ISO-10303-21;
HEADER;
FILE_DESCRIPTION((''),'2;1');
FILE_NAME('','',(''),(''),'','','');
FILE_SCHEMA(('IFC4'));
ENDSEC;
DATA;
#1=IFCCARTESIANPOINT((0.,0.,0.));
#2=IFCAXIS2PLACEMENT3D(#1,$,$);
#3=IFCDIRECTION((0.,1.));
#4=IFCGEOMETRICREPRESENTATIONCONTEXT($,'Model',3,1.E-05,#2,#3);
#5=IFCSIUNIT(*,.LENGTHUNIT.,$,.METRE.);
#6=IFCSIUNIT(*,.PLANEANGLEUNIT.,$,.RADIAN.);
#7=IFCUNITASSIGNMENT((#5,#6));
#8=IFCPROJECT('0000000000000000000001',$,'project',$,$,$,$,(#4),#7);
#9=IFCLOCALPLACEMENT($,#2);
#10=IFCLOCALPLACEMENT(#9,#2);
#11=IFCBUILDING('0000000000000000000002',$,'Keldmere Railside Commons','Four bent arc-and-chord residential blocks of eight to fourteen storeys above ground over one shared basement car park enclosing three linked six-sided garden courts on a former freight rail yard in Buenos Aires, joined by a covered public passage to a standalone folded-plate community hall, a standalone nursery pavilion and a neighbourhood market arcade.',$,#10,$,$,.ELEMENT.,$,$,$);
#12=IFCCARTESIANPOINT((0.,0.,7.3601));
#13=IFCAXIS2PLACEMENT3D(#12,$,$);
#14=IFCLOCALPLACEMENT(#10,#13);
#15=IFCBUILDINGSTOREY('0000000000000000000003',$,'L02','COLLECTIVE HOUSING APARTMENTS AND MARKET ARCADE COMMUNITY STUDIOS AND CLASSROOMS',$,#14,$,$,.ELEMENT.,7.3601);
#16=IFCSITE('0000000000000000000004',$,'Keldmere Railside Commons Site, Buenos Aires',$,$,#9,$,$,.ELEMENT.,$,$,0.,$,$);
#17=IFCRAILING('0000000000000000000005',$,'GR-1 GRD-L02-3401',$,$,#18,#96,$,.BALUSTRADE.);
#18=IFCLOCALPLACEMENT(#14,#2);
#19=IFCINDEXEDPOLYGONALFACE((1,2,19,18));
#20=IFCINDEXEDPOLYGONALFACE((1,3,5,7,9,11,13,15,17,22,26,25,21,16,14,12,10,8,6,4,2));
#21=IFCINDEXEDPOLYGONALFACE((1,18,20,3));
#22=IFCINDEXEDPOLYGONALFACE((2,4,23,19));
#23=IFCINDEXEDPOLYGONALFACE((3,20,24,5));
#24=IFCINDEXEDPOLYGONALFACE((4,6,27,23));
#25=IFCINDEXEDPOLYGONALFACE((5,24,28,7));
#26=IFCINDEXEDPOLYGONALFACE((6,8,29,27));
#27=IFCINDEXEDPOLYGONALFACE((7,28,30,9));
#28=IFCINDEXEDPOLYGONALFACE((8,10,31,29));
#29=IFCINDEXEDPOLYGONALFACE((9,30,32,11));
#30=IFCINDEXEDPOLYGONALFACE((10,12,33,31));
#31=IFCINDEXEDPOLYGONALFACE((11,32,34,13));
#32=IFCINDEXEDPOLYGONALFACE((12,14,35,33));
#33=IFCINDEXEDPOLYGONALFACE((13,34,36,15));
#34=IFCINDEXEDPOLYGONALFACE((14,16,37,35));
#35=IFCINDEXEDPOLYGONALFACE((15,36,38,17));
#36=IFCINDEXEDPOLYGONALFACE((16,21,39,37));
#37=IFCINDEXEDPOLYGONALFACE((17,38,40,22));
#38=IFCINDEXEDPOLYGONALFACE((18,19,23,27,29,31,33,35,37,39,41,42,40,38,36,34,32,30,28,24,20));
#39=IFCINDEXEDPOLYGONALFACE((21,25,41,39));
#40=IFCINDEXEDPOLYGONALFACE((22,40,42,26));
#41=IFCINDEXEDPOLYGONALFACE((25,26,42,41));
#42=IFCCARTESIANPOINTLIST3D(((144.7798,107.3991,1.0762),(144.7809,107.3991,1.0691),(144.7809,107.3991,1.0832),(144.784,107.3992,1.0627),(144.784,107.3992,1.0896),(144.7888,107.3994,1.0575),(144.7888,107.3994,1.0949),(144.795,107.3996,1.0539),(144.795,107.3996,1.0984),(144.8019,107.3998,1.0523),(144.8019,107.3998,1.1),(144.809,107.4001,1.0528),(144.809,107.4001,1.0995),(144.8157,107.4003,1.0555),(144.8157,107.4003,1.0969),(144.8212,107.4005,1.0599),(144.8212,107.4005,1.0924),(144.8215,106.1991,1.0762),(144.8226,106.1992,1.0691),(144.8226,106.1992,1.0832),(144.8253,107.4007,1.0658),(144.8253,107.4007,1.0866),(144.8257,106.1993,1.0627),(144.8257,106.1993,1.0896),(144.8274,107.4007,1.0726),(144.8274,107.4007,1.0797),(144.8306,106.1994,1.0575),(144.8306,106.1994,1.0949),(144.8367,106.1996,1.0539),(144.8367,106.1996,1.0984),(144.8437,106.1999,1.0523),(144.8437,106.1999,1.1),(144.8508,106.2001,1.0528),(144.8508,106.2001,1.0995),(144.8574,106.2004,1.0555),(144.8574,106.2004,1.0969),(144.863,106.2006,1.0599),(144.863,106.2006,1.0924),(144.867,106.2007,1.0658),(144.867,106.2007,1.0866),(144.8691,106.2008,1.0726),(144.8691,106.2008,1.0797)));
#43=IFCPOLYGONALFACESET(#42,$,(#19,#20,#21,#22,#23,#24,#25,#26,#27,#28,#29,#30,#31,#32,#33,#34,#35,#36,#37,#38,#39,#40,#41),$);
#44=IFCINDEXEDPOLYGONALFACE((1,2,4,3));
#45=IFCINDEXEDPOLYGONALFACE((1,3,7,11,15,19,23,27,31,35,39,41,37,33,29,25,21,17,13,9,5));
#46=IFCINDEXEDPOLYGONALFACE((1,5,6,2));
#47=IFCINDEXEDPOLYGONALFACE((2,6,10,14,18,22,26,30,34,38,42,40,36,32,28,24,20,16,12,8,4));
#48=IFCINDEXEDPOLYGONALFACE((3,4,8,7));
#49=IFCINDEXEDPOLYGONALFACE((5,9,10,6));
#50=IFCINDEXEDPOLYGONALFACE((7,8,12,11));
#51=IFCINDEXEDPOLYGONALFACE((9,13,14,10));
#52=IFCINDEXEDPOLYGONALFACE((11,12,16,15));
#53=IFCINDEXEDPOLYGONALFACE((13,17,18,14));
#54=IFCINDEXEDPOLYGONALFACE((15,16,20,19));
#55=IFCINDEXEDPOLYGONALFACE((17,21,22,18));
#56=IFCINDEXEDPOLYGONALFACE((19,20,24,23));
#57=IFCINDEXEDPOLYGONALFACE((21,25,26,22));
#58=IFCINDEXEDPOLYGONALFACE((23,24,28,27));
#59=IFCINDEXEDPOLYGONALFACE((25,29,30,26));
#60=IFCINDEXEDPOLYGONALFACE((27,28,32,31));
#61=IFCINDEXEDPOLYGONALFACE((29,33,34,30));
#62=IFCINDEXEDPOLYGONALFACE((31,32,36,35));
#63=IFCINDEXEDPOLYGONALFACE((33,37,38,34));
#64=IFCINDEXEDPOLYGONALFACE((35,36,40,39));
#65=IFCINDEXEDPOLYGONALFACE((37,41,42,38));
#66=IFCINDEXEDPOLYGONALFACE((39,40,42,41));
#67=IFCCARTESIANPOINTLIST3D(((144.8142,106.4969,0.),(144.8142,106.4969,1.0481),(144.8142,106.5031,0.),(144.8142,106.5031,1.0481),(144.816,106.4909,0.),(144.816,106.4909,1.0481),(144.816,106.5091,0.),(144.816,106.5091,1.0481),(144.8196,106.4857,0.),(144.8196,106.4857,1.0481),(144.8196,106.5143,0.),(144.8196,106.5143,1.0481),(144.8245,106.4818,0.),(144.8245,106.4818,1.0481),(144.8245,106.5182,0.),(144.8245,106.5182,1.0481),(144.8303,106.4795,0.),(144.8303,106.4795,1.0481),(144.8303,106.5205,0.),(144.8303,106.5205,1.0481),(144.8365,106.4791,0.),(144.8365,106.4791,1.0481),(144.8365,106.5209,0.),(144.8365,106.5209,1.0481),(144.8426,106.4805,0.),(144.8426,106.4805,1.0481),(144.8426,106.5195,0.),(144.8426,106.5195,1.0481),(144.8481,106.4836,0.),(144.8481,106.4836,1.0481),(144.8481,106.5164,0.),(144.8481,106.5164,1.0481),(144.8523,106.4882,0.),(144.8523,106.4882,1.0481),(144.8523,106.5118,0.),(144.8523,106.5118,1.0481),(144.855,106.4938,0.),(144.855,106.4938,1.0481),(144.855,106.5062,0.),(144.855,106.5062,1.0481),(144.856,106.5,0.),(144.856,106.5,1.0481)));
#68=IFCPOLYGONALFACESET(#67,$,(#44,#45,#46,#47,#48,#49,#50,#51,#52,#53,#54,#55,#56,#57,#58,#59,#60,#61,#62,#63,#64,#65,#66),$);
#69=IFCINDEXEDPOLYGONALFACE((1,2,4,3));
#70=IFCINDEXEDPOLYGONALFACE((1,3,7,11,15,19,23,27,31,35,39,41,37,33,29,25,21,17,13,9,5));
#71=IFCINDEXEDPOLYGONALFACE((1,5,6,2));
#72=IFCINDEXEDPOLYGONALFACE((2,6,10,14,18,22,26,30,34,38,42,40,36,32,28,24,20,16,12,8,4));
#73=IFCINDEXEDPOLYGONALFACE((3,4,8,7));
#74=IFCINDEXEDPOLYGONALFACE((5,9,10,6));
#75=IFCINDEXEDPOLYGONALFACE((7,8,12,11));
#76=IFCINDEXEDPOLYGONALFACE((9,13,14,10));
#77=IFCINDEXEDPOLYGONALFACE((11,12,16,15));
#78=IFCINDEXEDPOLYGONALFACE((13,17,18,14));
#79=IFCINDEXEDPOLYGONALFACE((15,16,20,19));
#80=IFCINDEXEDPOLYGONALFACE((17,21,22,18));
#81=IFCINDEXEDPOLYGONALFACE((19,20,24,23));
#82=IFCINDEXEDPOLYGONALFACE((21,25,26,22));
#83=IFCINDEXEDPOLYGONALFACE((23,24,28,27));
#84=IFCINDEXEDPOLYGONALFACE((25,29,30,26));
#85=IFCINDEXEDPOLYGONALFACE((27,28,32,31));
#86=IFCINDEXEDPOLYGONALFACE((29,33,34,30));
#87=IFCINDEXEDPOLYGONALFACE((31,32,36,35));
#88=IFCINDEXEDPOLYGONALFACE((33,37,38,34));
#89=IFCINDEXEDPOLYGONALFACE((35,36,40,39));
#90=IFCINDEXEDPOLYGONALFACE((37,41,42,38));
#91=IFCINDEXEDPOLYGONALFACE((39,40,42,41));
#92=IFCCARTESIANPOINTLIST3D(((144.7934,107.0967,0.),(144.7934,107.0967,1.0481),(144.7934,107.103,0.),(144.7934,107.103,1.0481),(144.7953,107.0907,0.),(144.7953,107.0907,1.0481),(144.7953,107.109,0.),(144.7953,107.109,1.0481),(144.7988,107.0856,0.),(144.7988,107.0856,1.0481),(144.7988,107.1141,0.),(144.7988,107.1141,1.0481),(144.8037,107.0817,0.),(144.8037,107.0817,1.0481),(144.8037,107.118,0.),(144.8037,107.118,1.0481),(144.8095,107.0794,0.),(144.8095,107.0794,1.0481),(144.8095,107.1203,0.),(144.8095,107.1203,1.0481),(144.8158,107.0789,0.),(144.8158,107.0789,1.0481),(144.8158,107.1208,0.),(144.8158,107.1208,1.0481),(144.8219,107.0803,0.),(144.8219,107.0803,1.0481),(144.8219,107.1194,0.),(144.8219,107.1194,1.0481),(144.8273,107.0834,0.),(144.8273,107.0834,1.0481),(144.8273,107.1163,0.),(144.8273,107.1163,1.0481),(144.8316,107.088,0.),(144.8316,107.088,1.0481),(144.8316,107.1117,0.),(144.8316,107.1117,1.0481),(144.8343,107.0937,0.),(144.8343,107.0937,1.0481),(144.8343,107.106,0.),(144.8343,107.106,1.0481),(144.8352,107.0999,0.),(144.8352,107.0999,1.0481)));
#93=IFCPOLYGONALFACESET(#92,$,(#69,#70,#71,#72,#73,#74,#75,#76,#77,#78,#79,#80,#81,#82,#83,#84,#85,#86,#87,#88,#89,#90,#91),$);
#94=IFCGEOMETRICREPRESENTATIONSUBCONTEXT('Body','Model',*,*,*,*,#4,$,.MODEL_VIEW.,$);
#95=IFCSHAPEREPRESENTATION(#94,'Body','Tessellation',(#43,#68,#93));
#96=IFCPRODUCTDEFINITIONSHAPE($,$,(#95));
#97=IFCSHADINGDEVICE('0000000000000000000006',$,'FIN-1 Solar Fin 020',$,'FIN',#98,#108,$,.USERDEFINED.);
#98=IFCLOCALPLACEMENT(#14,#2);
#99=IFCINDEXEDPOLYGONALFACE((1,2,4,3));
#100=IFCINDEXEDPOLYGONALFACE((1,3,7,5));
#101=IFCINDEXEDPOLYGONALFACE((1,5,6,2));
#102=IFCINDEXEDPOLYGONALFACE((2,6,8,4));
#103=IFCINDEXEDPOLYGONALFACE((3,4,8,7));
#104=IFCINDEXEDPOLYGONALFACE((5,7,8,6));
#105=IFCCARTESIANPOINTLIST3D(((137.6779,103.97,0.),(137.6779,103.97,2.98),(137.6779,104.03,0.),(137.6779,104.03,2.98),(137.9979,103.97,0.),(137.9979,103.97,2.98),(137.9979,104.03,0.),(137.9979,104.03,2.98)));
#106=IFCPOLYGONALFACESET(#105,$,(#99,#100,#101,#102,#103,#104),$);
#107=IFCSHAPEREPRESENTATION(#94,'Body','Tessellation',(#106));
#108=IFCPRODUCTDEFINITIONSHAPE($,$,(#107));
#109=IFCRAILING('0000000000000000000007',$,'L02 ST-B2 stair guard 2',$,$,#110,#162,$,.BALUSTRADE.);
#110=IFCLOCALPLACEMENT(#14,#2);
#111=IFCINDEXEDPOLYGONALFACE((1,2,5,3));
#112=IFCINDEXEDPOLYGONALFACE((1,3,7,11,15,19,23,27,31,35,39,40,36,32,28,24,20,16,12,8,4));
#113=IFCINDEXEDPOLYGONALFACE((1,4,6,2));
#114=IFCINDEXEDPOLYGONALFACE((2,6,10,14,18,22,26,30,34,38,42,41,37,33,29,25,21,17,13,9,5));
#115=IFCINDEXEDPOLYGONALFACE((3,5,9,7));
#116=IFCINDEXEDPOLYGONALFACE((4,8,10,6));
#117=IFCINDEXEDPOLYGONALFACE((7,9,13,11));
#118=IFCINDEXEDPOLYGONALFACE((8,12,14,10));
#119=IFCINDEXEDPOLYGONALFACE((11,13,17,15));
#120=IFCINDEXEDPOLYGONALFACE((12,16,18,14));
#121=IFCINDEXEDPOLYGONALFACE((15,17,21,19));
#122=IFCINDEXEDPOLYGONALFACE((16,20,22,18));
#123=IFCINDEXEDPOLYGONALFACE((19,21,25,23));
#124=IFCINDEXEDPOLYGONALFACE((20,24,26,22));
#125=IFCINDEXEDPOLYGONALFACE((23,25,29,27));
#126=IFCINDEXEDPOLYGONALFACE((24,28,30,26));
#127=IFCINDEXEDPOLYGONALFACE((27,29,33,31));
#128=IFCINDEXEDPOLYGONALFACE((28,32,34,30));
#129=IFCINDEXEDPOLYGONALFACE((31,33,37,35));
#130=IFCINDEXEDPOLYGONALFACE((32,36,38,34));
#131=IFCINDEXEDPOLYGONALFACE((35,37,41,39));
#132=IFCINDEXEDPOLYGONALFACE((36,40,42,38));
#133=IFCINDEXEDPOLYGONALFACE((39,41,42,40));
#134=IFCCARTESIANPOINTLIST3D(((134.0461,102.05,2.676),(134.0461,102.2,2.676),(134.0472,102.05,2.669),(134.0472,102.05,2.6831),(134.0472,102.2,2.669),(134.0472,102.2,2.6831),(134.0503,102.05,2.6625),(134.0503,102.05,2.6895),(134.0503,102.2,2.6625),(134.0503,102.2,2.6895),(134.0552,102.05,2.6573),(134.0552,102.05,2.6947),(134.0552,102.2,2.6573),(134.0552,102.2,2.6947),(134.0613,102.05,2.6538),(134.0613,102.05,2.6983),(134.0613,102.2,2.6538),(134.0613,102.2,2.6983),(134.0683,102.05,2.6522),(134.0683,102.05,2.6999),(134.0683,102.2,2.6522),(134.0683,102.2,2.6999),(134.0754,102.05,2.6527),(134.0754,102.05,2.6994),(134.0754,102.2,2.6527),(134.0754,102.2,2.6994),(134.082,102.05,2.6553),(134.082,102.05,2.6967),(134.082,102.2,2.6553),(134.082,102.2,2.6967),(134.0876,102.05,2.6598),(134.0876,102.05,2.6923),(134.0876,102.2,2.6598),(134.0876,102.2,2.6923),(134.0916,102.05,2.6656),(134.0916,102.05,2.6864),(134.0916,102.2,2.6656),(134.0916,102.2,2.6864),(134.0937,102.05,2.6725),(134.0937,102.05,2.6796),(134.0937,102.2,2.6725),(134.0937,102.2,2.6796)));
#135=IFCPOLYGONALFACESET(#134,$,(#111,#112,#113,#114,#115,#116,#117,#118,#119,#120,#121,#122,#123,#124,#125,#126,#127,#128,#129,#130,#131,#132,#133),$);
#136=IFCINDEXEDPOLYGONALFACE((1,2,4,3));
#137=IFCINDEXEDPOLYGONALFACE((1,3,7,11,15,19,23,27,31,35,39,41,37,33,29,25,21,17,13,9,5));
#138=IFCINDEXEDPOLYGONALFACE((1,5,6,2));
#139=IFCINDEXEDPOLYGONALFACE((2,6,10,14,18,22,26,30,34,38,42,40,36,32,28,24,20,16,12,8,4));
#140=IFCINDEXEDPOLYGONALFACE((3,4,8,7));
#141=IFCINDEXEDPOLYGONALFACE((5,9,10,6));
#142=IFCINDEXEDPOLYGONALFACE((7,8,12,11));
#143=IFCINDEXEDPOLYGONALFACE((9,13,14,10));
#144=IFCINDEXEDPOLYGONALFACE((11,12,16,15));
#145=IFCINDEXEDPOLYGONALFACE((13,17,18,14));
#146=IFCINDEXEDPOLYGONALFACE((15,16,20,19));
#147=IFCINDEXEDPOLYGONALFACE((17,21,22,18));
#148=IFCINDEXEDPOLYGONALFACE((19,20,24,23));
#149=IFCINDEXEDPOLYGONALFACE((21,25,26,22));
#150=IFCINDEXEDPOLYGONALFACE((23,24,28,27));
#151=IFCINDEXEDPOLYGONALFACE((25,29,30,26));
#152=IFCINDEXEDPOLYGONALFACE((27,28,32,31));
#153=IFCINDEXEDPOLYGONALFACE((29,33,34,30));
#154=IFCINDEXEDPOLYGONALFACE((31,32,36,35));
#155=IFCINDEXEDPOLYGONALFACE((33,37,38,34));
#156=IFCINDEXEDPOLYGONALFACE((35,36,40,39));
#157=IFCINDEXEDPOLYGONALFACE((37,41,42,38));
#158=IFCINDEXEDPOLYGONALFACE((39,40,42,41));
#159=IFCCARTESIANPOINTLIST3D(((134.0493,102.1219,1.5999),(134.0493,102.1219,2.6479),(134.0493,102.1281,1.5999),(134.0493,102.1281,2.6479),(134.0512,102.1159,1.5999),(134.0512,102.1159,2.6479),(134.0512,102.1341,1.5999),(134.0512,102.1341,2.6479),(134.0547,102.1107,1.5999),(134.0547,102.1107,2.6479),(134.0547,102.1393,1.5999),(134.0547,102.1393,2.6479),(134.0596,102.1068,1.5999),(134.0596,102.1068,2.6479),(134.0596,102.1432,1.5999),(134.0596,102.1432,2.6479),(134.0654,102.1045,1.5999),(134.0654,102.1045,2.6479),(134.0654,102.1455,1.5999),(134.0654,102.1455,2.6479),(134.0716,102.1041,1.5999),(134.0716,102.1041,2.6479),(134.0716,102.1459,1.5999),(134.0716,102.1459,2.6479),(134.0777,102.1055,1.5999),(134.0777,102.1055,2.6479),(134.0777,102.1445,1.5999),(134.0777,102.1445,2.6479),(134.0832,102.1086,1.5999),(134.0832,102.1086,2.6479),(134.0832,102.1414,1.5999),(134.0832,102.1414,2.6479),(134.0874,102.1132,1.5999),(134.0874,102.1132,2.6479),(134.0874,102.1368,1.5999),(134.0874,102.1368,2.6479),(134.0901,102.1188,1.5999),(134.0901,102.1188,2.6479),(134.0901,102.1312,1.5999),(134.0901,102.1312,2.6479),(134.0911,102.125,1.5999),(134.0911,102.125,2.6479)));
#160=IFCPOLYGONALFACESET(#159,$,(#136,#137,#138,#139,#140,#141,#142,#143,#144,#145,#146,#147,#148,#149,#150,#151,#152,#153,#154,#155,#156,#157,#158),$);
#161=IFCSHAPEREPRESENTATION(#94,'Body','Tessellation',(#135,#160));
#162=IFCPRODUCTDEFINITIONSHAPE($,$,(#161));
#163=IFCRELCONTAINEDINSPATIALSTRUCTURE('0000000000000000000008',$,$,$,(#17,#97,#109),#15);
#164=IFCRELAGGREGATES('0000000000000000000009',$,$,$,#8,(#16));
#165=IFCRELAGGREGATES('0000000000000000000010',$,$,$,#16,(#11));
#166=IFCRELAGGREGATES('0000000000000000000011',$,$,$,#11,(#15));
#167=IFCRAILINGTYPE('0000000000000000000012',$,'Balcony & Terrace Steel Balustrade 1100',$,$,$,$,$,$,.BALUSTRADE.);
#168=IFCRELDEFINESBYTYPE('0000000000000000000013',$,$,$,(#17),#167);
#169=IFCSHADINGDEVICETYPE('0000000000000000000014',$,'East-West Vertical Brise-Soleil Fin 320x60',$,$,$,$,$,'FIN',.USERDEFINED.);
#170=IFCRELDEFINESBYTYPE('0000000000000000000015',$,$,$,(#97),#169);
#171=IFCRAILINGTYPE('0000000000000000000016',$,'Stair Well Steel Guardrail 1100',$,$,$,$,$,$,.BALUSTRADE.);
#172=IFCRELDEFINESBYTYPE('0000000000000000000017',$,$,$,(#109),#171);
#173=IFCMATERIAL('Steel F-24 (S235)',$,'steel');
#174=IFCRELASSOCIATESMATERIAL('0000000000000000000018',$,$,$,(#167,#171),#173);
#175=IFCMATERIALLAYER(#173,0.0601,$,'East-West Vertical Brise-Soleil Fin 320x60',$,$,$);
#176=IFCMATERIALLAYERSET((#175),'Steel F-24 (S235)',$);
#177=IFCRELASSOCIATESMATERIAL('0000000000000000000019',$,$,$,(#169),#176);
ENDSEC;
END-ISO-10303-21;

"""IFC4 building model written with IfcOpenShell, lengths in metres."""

from ifc_helpers import new_model, si_unit, direction, frame, origin, origin_2d, place, context, subcontext, project, spatial, rectangle, circle, extrude, material, layer, layer_set, type_object, element, save


model = new_model("IFC4")

# Units and contexts
model_context = context("Model", 3, precision=1e-05, world=origin(), true_north=direction((0.0, 1.0)))
body_context = subcontext(model_context, "Body", "Model", "MODEL_VIEW")
ifc_project = project(units=[si_unit("LENGTHUNIT", "METRE"), si_unit("PLANEANGLEUNIT", "RADIAN")], contexts=[model_context])

# Site, building, storey
site_placement = place(None, origin())
site = spatial("IfcSite", under=ifc_project, at=site_placement, Name="Keldmere Railside Commons Site, Buenos Aires", CompositionType="ELEMENT", RefElevation=0.0)
building_placement = place(site_placement, origin())
building = spatial("IfcBuilding", under=site, at=building_placement, Name="Keldmere Railside Commons", Description="Four bent arc-and-chord residential blocks of eight to fourteen storeys above ground over one shared basement car park enclosing three linked six-sided garden courts on a former freight rail yard in Buenos Aires, joined by a covered public passage to a standalone folded-plate community hall, a standalone nursery pavilion and a neighbourhood market arcade.", CompositionType="ELEMENT")
storey_placement = place(building_placement, frame((0.0, 0.0, 7.3601)))
storey = spatial("IfcBuildingStorey", under=building, at=storey_placement, Name="L02", Description="COLLECTIVE HOUSING APARTMENTS AND MARKET ARCADE COMMUNITY STUDIOS AND CLASSROOMS", CompositionType="ELEMENT", Elevation=7.3601)

# Shared definitions
ifc_material_1 = material(Name="Steel F-24 (S235)", Category="steel")

# Railing
railing_type_1 = type_object("IfcRailingType", Name="Balcony & Terrace Steel Balustrade 1100", PredefinedType="BALUSTRADE", material=ifc_material_1)
railing_1_placement = place(storey_placement, frame((144.8455, 106.2, 0.0)))
element("IfcRailing", 1, at=railing_1_placement, inside=storey, type_object=railing_type_1, Name="GR-1 GRD-L02-3401", PredefinedType="BALUSTRADE", context=body_context, shape_type="SweptSolid", body=[
    extrude(circle(Radius=0.0239, at=origin_2d()), frame((0.0, 0.0, 1.0762), z_axis=(-0.03477, 0.999395, 0.0), x_axis=(-0.999395, -0.03477, 0.0)), (0.0, 0.0, 1.0), 1.2007),
    extrude(circle(Radius=0.021, at=origin_2d()), frame((-0.0105, 0.3, 0.0)), (0.0, 0.0, 1.0), 1.0481),
    extrude(circle(Radius=0.021, at=origin_2d()), frame((-0.0312, 0.8999, 0.0)), (0.0, 0.0, 1.0), 1.0481),
])

# Shading device
ifc_layer_1 = layer(ifc_material_1, 0.0601, Name="East-West Vertical Brise-Soleil Fin 320x60")
ifc_layer_set_1 = layer_set([ifc_layer_1], Name="Steel F-24 (S235)")
shading_device_type = type_object("IfcShadingDeviceType", Name="East-West Vertical Brise-Soleil Fin 320x60", ElementType="FIN", PredefinedType="USERDEFINED", material=ifc_layer_set_1)
shading_device_placement = place(storey_placement, frame((137.8379, 104.0, 0.0), z_axis=(0.0, 0.0, 1.0), x_axis=(1.0, 0.0, 0.0)))
element("IfcShadingDevice", 2, at=shading_device_placement, inside=storey, type_object=shading_device_type, Name="FIN-1 Solar Fin 020", ObjectType="FIN", PredefinedType="USERDEFINED", context=body_context, shape_type="SweptSolid", body=[
    extrude(rectangle(XDim=0.3201, YDim=0.0601, at=origin_2d()), origin(), (0.0, 0.0, 1.0), 2.98),
])

# Railing
railing_type_2 = type_object("IfcRailingType", Name="Stair Well Steel Guardrail 1100", PredefinedType="BALUSTRADE", material=ifc_material_1)
railing_2_placement = place(storey_placement, frame((134.0701, 102.05, 1.5999)))
element("IfcRailing", 3, at=railing_2_placement, inside=storey, type_object=railing_type_2, Name="L02 ST-B2 stair guard 2", PredefinedType="BALUSTRADE", context=body_context, shape_type="SweptSolid", body=[
    extrude(circle(Radius=0.0239, at=origin_2d()), frame((0.0, 0.0, 1.0762), z_axis=(0.0, 1.0, 0.0), x_axis=(-1.0, 0.0, 0.0)), (0.0, 0.0, 1.0), 0.1499),
    extrude(circle(Radius=0.021, at=origin_2d()), frame((0.0, 0.075, 0.0)), (0.0, 0.0, 1.0), 1.0481),
])

save(model, "model.ifc")
